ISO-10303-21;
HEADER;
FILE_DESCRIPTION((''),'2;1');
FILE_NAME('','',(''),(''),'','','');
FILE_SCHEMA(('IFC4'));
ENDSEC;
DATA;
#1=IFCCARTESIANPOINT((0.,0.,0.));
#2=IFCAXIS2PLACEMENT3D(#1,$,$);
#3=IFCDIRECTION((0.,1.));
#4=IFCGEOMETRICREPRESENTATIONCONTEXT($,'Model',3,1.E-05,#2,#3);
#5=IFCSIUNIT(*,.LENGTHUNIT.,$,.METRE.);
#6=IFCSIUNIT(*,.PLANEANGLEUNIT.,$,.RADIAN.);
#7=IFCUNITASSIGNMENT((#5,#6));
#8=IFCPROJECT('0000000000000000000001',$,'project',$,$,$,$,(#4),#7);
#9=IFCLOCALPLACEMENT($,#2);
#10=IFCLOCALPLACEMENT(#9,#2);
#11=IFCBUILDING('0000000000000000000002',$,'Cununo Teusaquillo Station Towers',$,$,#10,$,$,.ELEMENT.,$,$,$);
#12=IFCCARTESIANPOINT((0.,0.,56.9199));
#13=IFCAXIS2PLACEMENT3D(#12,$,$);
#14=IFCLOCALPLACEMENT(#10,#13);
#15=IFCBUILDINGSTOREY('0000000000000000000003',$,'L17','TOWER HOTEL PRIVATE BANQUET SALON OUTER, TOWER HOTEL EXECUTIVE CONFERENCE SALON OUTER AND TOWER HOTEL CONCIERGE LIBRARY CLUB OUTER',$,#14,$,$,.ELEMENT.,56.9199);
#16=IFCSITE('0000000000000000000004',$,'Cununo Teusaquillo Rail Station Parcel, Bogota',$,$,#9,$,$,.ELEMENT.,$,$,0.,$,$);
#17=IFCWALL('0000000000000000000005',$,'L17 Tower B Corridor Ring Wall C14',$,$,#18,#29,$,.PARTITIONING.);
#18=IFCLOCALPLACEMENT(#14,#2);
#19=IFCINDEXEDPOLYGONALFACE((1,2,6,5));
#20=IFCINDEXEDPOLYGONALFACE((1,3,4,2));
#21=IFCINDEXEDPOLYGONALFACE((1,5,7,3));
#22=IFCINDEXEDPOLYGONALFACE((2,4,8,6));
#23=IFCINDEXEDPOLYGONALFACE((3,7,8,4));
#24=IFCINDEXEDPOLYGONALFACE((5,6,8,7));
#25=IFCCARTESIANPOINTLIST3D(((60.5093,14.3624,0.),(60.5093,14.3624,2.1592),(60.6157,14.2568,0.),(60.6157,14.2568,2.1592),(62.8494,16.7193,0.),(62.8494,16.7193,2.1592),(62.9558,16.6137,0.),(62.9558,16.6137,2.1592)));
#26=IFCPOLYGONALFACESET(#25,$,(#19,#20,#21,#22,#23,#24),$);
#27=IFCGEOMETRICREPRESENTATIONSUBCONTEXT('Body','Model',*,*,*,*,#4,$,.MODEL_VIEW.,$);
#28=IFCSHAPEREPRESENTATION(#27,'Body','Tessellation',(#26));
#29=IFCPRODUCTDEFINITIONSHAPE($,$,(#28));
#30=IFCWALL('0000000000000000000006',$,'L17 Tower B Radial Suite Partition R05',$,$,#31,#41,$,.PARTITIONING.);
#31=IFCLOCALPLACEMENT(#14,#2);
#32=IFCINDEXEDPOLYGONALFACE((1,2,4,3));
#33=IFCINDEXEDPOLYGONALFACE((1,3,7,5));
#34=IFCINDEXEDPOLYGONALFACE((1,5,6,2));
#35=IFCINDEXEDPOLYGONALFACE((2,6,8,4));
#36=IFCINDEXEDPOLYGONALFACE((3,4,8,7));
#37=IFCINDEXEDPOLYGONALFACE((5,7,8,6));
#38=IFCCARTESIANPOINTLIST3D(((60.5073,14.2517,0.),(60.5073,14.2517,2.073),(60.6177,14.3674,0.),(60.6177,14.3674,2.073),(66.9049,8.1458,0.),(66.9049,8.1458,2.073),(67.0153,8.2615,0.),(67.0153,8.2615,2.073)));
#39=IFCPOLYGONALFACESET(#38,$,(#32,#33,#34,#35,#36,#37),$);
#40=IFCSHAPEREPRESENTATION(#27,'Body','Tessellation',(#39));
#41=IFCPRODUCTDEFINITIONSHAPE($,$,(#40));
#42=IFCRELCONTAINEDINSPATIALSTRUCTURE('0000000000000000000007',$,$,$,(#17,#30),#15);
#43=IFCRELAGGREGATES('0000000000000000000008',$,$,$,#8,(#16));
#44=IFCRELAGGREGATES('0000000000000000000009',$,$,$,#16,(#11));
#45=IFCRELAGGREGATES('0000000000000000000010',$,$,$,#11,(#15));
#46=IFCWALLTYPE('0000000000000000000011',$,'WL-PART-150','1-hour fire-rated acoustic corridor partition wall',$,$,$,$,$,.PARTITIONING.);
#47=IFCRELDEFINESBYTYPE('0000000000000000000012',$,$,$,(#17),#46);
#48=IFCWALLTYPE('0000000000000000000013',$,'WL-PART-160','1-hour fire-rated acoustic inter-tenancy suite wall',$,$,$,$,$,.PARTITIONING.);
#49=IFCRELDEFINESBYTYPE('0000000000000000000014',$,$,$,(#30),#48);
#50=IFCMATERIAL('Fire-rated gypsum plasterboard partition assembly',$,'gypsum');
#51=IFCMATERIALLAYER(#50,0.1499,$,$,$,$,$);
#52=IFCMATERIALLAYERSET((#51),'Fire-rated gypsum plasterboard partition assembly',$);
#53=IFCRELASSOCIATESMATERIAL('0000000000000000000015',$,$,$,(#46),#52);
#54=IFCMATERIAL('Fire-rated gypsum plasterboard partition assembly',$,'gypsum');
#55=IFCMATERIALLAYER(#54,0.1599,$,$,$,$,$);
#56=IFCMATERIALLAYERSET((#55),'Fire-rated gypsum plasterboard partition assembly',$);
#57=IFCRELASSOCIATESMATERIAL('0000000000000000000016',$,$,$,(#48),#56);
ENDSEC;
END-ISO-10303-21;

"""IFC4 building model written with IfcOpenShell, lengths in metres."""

from ifc_helpers import new_model, si_unit, direction, frame, frame_2d, origin, place, context, subcontext, project, spatial, rectangle, extrude, material, layer, layer_set, type_object, element, save


model = new_model("IFC4")

# Units and contexts
model_context = context("Model", 3, precision=1e-05, world=origin(), true_north=direction((0.0, 1.0)))
body_context = subcontext(model_context, "Body", "Model", "MODEL_VIEW")
ifc_project = project(units=[si_unit("LENGTHUNIT", "METRE"), si_unit("PLANEANGLEUNIT", "RADIAN")], contexts=[model_context])

# Site, building, storey
site_placement = place(None, origin())
site = spatial("IfcSite", under=ifc_project, at=site_placement, Name="Cununo Teusaquillo Rail Station Parcel, Bogota", CompositionType="ELEMENT", RefElevation=0.0)
building_placement = place(site_placement, origin())
building = spatial("IfcBuilding", under=site, at=building_placement, Name="Cununo Teusaquillo Station Towers", CompositionType="ELEMENT")
storey_placement = place(building_placement, frame((0.0, 0.0, 56.9199)))
storey = spatial("IfcBuildingStorey", under=building, at=storey_placement, Name="L17", Description="TOWER HOTEL PRIVATE BANQUET SALON OUTER, TOWER HOTEL EXECUTIVE CONFERENCE SALON OUTER AND TOWER HOTEL CONCIERGE LIBRARY CLUB OUTER", CompositionType="ELEMENT", Elevation=56.9199)

# Walls
ifc_material_1 = material(Name="Fire-rated gypsum plasterboard partition assembly", Category="gypsum")
ifc_layer_1 = layer(ifc_material_1, 0.1499)
ifc_layer_set_1 = layer_set([ifc_layer_1], Name="Fire-rated gypsum plasterboard partition assembly")
wall_type_1 = type_object("IfcWallType", Name="WL-PART-150", Description="1-hour fire-rated acoustic corridor partition wall", PredefinedType="PARTITIONING", material=ifc_layer_set_1)
wall_1_placement = place(storey_placement, frame((60.5625, 14.3096, 0.0), z_axis=(0.0, 0.0, 1.0), x_axis=(0.704566, 0.709638, 0.0)))
element("IfcWall", 1, at=wall_1_placement, inside=storey, type_object=wall_type_1, Name="L17 Tower B Corridor Ring Wall C14", PredefinedType="PARTITIONING", context=body_context, shape_type="SweptSolid", body=[
    extrude(rectangle(XDim=3.3213, YDim=0.1499, at=frame_2d((1.6606, 0.0))), origin(), (0.0, 0.0, 1.0), 2.1592),
])
ifc_material_2 = material(Name="Fire-rated gypsum plasterboard partition assembly", Category="gypsum")
ifc_layer_2 = layer(ifc_material_2, 0.1599)
ifc_layer_set_2 = layer_set([ifc_layer_2], Name="Fire-rated gypsum plasterboard partition assembly")
wall_type_2 = type_object("IfcWallType", Name="WL-PART-160", Description="1-hour fire-rated acoustic inter-tenancy suite wall", PredefinedType="PARTITIONING", material=ifc_layer_set_2)
wall_2_placement = place(storey_placement, frame((60.5625, 14.3096, 0.0), z_axis=(0.0, 0.0, 1.0), x_axis=(0.723409, -0.69042, 0.0)))
element("IfcWall", 2, at=wall_2_placement, inside=storey, type_object=wall_type_2, Name="L17 Tower B Radial Suite Partition R05", PredefinedType="PARTITIONING", context=body_context, shape_type="SweptSolid", body=[
    extrude(rectangle(XDim=8.8438, YDim=0.1599, at=frame_2d((4.4219, 0.0))), origin(), (0.0, 0.0, 1.0), 2.073),
])

save(model, "model.ifc")
